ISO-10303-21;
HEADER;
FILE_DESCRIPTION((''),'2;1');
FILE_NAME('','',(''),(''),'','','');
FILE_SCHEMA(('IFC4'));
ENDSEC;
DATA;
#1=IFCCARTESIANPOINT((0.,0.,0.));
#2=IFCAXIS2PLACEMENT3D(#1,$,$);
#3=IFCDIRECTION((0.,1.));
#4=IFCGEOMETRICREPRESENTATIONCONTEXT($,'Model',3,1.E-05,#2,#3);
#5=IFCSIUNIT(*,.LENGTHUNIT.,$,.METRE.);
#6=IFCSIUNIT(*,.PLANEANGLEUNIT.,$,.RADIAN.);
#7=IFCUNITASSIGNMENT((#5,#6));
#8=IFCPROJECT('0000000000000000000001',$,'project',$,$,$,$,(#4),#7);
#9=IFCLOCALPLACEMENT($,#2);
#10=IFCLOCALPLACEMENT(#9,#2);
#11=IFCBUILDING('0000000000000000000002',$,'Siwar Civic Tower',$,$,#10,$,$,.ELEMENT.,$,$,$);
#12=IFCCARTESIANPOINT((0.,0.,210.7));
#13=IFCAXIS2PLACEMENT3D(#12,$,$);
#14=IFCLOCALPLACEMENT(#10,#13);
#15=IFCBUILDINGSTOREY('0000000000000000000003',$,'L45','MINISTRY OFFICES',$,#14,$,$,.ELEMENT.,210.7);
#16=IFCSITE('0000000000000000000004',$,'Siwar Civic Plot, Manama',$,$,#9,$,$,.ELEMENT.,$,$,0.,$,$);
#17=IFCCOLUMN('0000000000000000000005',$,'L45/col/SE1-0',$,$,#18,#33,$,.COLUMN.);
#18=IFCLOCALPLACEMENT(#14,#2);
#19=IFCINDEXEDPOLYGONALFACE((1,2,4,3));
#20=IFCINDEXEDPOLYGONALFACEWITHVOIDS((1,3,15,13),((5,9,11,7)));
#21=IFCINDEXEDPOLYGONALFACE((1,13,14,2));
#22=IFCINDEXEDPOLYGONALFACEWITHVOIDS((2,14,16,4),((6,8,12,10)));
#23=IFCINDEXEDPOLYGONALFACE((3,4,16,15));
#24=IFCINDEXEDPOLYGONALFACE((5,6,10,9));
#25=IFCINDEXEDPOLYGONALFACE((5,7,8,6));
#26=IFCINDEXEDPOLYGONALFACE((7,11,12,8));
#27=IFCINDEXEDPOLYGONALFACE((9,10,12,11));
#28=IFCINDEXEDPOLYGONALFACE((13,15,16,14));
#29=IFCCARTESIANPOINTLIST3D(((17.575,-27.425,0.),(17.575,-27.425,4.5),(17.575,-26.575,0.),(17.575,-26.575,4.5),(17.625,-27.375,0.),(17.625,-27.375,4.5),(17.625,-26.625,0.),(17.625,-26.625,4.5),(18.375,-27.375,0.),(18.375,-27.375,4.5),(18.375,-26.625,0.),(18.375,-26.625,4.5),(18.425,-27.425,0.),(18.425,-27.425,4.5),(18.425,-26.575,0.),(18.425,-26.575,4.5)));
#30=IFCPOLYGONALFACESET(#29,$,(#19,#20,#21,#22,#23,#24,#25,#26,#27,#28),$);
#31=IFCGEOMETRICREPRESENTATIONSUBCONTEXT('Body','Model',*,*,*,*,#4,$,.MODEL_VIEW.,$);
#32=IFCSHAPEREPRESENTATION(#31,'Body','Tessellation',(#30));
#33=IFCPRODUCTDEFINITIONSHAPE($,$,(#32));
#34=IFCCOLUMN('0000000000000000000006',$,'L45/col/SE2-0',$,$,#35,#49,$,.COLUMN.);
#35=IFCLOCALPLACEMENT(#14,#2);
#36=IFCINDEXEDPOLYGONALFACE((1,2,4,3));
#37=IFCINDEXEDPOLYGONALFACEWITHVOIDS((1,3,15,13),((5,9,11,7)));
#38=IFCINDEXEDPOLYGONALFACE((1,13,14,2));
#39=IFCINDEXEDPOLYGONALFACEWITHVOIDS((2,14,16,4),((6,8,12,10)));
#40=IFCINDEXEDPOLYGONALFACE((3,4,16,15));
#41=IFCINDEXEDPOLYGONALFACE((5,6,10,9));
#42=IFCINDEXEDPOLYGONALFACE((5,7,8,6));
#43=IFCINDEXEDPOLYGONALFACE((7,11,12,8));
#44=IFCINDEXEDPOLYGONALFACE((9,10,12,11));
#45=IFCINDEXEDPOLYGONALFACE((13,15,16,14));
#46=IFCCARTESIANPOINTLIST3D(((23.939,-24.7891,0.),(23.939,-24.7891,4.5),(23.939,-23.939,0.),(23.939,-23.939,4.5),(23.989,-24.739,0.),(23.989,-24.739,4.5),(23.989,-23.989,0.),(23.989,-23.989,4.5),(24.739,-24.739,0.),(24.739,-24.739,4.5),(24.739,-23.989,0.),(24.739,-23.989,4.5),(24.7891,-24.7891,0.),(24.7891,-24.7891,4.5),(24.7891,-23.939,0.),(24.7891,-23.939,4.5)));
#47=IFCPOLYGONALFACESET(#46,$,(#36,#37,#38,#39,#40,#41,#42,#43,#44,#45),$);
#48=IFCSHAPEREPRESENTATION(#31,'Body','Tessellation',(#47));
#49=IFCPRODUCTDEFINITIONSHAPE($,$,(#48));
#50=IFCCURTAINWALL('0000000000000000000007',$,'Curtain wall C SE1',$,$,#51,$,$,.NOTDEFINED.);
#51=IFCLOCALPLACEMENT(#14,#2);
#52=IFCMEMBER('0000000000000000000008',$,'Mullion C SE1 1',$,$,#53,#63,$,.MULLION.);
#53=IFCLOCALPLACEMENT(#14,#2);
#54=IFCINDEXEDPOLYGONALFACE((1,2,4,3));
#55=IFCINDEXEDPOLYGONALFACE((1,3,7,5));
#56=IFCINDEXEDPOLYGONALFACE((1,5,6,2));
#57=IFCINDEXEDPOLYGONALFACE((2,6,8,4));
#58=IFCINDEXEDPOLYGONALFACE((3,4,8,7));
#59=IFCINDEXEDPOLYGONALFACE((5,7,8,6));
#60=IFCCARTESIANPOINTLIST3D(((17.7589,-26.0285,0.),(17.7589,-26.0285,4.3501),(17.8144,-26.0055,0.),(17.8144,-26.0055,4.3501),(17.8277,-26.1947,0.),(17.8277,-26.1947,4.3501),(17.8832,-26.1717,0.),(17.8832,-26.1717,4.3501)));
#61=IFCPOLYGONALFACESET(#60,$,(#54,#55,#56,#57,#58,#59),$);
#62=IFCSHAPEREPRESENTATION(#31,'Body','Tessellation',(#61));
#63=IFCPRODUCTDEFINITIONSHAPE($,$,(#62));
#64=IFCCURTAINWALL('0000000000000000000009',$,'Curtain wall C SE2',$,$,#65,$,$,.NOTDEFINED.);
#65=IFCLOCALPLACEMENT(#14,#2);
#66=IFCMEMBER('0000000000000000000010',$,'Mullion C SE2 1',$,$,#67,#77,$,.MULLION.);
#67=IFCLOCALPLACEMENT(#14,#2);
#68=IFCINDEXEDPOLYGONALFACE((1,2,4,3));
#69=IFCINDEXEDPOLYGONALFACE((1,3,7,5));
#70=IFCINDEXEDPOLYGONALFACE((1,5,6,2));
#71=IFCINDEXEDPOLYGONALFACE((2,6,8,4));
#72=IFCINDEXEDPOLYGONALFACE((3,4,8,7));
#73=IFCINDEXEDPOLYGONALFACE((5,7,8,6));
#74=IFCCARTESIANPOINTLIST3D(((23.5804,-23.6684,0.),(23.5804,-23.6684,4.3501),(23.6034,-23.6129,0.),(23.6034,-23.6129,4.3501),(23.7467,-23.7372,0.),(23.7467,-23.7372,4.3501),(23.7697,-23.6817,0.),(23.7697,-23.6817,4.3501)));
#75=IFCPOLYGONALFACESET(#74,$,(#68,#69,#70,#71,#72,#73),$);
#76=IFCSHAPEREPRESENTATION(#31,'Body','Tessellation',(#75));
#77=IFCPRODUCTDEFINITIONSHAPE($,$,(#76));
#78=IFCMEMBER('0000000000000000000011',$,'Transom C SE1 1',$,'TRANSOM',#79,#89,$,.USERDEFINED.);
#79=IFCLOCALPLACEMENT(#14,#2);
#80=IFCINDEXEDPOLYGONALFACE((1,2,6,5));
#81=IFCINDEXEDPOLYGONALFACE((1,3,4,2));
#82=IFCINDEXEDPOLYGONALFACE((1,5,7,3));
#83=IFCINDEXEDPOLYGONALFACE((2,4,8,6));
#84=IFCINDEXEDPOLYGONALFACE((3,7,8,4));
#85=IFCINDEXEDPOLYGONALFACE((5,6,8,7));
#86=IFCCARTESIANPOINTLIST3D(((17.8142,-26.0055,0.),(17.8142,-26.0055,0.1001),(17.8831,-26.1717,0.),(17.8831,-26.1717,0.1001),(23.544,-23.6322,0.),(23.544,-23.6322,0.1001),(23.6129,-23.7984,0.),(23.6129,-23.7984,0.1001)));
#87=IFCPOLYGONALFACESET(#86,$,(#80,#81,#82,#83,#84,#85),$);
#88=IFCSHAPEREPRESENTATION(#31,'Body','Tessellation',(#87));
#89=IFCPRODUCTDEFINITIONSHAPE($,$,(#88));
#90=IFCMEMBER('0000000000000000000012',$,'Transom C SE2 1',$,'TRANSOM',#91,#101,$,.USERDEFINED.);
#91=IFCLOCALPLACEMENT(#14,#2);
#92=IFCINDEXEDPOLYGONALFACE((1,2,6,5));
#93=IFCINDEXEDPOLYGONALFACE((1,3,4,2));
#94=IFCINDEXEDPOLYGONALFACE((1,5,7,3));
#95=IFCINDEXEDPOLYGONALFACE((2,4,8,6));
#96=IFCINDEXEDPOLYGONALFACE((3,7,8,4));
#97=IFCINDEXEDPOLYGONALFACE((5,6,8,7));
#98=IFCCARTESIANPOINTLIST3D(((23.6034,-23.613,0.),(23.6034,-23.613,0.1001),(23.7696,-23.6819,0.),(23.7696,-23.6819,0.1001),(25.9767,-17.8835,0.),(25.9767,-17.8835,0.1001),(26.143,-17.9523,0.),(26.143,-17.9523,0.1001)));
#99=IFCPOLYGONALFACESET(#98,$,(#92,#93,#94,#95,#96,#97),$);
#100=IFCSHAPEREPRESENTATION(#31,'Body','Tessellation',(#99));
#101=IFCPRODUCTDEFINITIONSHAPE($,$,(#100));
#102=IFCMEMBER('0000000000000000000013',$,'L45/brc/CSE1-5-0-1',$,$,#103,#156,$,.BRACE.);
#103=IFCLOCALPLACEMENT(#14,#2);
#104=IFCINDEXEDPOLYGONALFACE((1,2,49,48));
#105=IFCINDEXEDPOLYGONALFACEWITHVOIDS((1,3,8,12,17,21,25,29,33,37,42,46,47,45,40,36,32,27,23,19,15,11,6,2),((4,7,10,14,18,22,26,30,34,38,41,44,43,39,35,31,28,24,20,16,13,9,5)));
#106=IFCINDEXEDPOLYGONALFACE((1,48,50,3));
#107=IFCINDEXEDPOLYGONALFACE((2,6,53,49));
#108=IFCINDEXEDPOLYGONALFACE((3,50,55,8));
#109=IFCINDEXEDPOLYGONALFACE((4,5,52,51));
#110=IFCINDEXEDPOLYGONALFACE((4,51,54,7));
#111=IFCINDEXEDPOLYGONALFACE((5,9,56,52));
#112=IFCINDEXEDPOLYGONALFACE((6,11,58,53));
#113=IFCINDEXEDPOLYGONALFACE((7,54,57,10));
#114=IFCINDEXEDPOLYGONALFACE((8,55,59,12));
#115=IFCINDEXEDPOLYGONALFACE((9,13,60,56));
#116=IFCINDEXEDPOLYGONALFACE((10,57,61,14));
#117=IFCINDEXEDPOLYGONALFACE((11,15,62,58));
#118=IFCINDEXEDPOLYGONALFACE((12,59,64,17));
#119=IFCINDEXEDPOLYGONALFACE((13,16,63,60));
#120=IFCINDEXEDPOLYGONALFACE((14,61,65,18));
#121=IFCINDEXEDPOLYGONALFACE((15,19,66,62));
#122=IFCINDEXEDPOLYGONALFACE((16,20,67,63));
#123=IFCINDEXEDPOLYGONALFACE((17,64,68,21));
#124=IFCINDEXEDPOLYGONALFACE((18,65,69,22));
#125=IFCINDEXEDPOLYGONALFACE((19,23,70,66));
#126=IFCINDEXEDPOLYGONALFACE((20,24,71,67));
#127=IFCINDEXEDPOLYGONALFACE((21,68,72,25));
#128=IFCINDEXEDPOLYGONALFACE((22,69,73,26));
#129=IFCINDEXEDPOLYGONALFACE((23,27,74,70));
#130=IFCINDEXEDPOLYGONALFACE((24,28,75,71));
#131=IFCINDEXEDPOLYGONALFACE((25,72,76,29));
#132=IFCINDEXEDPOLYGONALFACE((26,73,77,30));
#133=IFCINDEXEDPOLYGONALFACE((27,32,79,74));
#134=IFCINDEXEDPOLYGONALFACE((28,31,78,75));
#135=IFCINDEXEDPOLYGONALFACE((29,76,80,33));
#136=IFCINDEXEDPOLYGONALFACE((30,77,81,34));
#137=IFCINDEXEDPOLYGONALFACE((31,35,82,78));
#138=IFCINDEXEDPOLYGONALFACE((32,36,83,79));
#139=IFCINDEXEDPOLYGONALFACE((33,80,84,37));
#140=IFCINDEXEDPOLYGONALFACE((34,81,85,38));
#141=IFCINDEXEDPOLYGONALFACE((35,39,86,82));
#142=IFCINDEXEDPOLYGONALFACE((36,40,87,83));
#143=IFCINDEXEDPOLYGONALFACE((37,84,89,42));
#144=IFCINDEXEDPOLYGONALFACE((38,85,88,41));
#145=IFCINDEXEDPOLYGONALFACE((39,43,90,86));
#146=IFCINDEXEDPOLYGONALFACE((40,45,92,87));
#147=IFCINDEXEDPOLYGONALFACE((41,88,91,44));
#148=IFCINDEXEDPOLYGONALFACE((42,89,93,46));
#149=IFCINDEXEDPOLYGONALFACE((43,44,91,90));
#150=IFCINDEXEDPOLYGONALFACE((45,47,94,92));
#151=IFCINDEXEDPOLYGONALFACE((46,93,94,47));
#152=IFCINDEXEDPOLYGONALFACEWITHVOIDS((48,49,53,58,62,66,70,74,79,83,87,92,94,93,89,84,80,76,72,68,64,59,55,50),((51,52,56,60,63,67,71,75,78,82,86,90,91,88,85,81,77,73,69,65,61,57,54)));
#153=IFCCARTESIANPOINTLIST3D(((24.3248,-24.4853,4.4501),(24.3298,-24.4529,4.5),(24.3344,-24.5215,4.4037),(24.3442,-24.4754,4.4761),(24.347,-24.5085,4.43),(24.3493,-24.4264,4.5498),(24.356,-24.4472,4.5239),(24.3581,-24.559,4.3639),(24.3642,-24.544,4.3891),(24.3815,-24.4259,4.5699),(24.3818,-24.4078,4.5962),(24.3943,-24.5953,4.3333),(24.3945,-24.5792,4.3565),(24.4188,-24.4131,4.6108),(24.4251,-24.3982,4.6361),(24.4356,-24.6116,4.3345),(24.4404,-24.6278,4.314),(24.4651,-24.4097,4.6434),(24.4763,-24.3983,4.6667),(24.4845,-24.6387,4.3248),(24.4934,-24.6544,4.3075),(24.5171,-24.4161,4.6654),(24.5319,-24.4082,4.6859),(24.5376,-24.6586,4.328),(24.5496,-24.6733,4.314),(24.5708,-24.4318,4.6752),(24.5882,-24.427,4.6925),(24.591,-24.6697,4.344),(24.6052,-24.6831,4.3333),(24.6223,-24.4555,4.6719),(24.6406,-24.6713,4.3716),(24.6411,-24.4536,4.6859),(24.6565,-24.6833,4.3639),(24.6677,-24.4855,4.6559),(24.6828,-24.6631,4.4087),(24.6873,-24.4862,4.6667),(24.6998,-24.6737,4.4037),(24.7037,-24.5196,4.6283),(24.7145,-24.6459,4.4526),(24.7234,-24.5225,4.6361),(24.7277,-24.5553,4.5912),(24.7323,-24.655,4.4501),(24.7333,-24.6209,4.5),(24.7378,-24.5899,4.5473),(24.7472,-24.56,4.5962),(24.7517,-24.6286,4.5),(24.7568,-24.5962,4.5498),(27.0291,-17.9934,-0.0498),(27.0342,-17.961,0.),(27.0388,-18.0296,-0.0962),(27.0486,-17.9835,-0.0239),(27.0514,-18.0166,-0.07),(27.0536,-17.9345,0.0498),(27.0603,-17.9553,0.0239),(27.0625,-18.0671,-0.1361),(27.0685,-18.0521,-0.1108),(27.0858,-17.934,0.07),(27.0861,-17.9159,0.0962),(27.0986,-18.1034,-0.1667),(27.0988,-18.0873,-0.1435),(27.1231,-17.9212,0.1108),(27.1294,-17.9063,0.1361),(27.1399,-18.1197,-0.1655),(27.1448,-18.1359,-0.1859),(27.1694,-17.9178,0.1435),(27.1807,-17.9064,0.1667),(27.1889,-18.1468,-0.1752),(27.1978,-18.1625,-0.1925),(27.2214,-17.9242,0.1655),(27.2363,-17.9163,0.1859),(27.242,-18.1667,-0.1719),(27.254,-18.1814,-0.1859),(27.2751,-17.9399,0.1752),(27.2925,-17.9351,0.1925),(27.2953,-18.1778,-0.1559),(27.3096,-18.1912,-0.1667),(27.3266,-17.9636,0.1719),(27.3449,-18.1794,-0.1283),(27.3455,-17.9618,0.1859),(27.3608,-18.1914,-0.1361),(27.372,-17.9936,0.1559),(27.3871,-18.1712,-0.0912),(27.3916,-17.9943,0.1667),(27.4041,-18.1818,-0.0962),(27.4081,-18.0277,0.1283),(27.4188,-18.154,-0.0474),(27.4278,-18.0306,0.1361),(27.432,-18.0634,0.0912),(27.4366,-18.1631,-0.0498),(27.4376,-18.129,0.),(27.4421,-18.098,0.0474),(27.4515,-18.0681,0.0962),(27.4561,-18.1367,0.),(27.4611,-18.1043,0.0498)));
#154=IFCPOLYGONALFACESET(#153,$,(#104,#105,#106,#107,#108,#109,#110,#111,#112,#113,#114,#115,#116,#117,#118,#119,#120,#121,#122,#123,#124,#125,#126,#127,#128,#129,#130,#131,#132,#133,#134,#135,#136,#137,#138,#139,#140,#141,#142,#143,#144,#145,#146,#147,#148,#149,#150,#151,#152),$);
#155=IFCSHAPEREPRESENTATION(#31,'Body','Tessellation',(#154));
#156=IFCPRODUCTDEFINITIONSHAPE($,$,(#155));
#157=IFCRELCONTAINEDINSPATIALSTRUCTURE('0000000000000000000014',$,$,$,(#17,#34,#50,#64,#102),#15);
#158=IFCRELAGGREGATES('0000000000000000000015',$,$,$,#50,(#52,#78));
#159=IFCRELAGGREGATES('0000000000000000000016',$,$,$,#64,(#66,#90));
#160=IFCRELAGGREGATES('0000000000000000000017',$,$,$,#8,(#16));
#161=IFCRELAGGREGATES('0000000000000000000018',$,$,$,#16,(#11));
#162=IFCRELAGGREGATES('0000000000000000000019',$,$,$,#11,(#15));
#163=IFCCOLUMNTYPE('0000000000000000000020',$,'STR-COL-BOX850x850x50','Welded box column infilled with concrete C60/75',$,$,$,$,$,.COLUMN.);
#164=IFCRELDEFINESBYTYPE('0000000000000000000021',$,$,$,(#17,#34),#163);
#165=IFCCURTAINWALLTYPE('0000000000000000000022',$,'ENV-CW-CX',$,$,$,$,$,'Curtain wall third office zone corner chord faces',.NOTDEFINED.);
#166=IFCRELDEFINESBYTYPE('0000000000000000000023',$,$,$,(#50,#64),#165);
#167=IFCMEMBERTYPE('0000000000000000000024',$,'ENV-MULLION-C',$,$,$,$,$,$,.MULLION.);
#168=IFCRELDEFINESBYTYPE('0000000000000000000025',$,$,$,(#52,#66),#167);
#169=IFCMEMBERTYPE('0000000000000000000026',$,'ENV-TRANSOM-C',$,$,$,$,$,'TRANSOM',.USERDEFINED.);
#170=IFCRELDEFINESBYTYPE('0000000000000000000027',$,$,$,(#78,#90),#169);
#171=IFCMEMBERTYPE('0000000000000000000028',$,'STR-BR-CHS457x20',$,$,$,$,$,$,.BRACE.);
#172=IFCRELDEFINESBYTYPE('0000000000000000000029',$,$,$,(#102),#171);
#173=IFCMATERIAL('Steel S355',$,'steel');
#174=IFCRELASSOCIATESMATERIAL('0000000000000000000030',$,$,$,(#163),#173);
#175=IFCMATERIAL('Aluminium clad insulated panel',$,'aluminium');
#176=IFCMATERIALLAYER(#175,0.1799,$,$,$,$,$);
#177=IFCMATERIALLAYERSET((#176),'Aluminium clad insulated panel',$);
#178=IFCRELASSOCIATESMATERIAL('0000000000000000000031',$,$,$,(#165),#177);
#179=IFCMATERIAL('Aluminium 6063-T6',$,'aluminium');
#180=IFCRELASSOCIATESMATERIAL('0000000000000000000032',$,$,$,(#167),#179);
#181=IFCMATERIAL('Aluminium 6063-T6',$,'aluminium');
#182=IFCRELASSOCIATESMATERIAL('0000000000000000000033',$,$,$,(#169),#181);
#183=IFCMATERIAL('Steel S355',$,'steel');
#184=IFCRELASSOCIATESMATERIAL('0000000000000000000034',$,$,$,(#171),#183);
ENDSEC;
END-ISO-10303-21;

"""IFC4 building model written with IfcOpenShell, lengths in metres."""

from ifc_helpers import new_model, si_unit, direction, frame, origin, origin_2d, place, context, subcontext, project, spatial, rectangle, hollow_rectangle, hollow_circle, extrude, material, layer, layer_set, material_profile, profile_set, type_object, element, aggregate, save


model = new_model("IFC4")

# Units and contexts
model_context = context("Model", 3, precision=1e-05, world=origin(), true_north=direction((0.0, 1.0)))
body_context = subcontext(model_context, "Body", "Model", "MODEL_VIEW")
ifc_project = project(units=[si_unit("LENGTHUNIT", "METRE"), si_unit("PLANEANGLEUNIT", "RADIAN")], contexts=[model_context])

# Site, building, storey
site_placement = place(None, origin())
site = spatial("IfcSite", under=ifc_project, at=site_placement, Name="Siwar Civic Plot, Manama", CompositionType="ELEMENT", RefElevation=0.0)
building_placement = place(site_placement, origin())
building = spatial("IfcBuilding", under=site, at=building_placement, Name="Siwar Civic Tower", CompositionType="ELEMENT")
storey_placement = place(building_placement, frame((0.0, 0.0, 210.7)))
storey = spatial("IfcBuildingStorey", under=building, at=storey_placement, Name="L45", Description="MINISTRY OFFICES", CompositionType="ELEMENT", Elevation=210.7)

# Columns
ifc_material_1 = material(Name="Steel S355", Category="steel")
ifc_material_profile_1 = material_profile(ifc_material_1, hollow_rectangle(XDim=0.8501, YDim=0.8501, WallThickness=0.05, at=origin_2d()), Name="BOX850x850x50")
ifc_profile_set_1 = profile_set([ifc_material_profile_1], Name="Steel S355")
column_type = type_object("IfcColumnType", Name="STR-COL-BOX850x850x50", Description="Welded box column infilled with concrete C60/75", PredefinedType="COLUMN", material=ifc_profile_set_1)
for number, where, z_axis, x_axis, name in (
    (1, (18.0, -27.0, 0.0), (0.0, 0.0, 1.0), (1.0, 0.0, 0.0), "L45/col/SE1-0"),
    (2, (24.364, -24.364, 0.0), (0.0, 0.0, 1.0), (1.0, 0.0, 0.0), "L45/col/SE2-0"),
):
    element("IfcColumn", number, at=place(storey_placement, frame(where, z_axis=z_axis, x_axis=x_axis)), inside=storey, type_object=column_type, Name=name, PredefinedType="COLUMN", context=body_context, shape_type="SweptSolid", body=[
        extrude(hollow_rectangle(XDim=0.8501, YDim=0.8501, WallThickness=0.05, at=origin_2d()), origin(), (0.0, 0.0, 1.0), 4.5),
    ])

# Curtain walls, members
ifc_material_2 = material(Name="Aluminium clad insulated panel", Category="aluminium")
ifc_layer_1 = layer(ifc_material_2, 0.1799)
ifc_layer_set_1 = layer_set([ifc_layer_1], Name="Aluminium clad insulated panel")
curtain_wall_type = type_object("IfcCurtainWallType", Name="ENV-CW-CX", ElementType="Curtain wall third office zone corner chord faces", PredefinedType="NOTDEFINED", material=ifc_layer_set_1)
curtain_wall_1_placement = place(storey_placement, origin())
curtain_wall_1 = element("IfcCurtainWall", 3, at=curtain_wall_1_placement, inside=storey, type_object=curtain_wall_type, Name="Curtain wall C SE1", PredefinedType="NOTDEFINED")
ifc_material_3 = material(Name="Aluminium 6063-T6", Category="aluminium")
ifc_material_profile_2 = material_profile(ifc_material_3, rectangle(XDim=0.1799, YDim=0.0601, at=origin_2d()), Name="AL 180x60")
ifc_profile_set_2 = profile_set([ifc_material_profile_2], Name="Aluminium 6063-T6")
member_type_1 = type_object("IfcMemberType", Name="ENV-MULLION-C", PredefinedType="MULLION", material=ifc_profile_set_2)
member_1_placement = place(storey_placement, frame((17.821, -26.1001, 0.0), z_axis=(0.0, 0.0, 1.0), x_axis=(-0.382683, 0.92388, 0.0)))
member_1 = element("IfcMember", 4, at=member_1_placement, type_object=member_type_1, Name="Mullion C SE1 1", PredefinedType="MULLION", context=body_context, shape_type="SweptSolid", body=[
    extrude(rectangle(XDim=0.1799, YDim=0.0601, at=origin_2d()), origin(), (0.0, 0.0, 1.0), 4.3501),
])
curtain_wall_2_placement = place(storey_placement, origin())
curtain_wall_2 = element("IfcCurtainWall", 5, at=curtain_wall_2_placement, inside=storey, type_object=curtain_wall_type, Name="Curtain wall C SE2", PredefinedType="NOTDEFINED")
member_2_placement = place(storey_placement, frame((23.675, -23.675, 0.0), z_axis=(0.0, 0.0, 1.0), x_axis=(-0.92388, 0.382683, 0.0)))
member_2 = element("IfcMember", 6, at=member_2_placement, type_object=member_type_1, Name="Mullion C SE2 1", PredefinedType="MULLION", context=body_context, shape_type="SweptSolid", body=[
    extrude(rectangle(XDim=0.1799, YDim=0.0601, at=origin_2d()), origin(), (0.0, 0.0, 1.0), 4.3501),
])

# Members
ifc_material_4 = material(Name="Aluminium 6063-T6", Category="aluminium")
ifc_material_profile_3 = material_profile(ifc_material_4, rectangle(XDim=0.1799, YDim=0.1001, at=origin_2d()), Name="AL 180x100")
ifc_profile_set_3 = profile_set([ifc_material_profile_3], Name="Aluminium 6063-T6")
member_type_2 = type_object("IfcMemberType", Name="ENV-TRANSOM-C", ElementType="TRANSOM", PredefinedType="USERDEFINED", material=ifc_profile_set_3)
member_3_placement = place(storey_placement, frame((17.8486, -26.0886, 0.05), z_axis=(0.923882, 0.382677, 0.0), x_axis=(-0.382677, 0.923882, 0.0)))
member_3 = element("IfcMember", 7, at=member_3_placement, type_object=member_type_2, Name="Transom C SE1 1", ObjectType="TRANSOM", PredefinedType="USERDEFINED", context=body_context, shape_type="SweptSolid", body=[
    extrude(rectangle(XDim=0.1799, YDim=0.1001, at=origin_2d()), origin(), (0.0, 0.0, 1.0), 6.2019),
])
member_4_placement = place(storey_placement, frame((23.6865, -23.6475, 0.05), z_axis=(0.382691, 0.923876, 0.0), x_axis=(-0.923876, 0.382691, 0.0)))
member_4 = element("IfcMember", 8, at=member_4_placement, type_object=member_type_2, Name="Transom C SE2 1", ObjectType="TRANSOM", PredefinedType="USERDEFINED", context=body_context, shape_type="SweptSolid", body=[
    extrude(rectangle(XDim=0.1799, YDim=0.1001, at=origin_2d()), origin(), (0.0, 0.0, 1.0), 6.2017),
])

# Member
ifc_material_5 = material(Name="Steel S355", Category="steel")
ifc_material_profile_4 = material_profile(ifc_material_5, hollow_circle(Radius=0.2285, WallThickness=0.02, at=origin_2d()), Name="CHS457x20")
ifc_profile_set_4 = profile_set([ifc_material_profile_4], Name="Steel S355")
member_type_3 = type_object("IfcMemberType", Name="STR-BR-CHS457x20", PredefinedType="BRACE", material=ifc_profile_set_4)
member_5_placement = place(storey_placement, frame((27.2451, -18.0488, 0.0), z_axis=(-0.323906, -0.777555, 0.538975), x_axis=(0.923109, -0.384539, 0.0)))
element("IfcMember", 9, at=member_5_placement, inside=storey, type_object=member_type_3, Name="L45/brc/CSE1-5-0-1", PredefinedType="BRACE", context=body_context, shape_type="SweptSolid", body=[
    extrude(hollow_circle(Radius=0.2285, WallThickness=0.02, at=origin_2d()), origin(), (0.0, 0.0, 1.0), 8.3491),
])

aggregate(curtain_wall_1, [member_1, member_3])
aggregate(curtain_wall_2, [member_2, member_4])

save(model, "model.ifc")
